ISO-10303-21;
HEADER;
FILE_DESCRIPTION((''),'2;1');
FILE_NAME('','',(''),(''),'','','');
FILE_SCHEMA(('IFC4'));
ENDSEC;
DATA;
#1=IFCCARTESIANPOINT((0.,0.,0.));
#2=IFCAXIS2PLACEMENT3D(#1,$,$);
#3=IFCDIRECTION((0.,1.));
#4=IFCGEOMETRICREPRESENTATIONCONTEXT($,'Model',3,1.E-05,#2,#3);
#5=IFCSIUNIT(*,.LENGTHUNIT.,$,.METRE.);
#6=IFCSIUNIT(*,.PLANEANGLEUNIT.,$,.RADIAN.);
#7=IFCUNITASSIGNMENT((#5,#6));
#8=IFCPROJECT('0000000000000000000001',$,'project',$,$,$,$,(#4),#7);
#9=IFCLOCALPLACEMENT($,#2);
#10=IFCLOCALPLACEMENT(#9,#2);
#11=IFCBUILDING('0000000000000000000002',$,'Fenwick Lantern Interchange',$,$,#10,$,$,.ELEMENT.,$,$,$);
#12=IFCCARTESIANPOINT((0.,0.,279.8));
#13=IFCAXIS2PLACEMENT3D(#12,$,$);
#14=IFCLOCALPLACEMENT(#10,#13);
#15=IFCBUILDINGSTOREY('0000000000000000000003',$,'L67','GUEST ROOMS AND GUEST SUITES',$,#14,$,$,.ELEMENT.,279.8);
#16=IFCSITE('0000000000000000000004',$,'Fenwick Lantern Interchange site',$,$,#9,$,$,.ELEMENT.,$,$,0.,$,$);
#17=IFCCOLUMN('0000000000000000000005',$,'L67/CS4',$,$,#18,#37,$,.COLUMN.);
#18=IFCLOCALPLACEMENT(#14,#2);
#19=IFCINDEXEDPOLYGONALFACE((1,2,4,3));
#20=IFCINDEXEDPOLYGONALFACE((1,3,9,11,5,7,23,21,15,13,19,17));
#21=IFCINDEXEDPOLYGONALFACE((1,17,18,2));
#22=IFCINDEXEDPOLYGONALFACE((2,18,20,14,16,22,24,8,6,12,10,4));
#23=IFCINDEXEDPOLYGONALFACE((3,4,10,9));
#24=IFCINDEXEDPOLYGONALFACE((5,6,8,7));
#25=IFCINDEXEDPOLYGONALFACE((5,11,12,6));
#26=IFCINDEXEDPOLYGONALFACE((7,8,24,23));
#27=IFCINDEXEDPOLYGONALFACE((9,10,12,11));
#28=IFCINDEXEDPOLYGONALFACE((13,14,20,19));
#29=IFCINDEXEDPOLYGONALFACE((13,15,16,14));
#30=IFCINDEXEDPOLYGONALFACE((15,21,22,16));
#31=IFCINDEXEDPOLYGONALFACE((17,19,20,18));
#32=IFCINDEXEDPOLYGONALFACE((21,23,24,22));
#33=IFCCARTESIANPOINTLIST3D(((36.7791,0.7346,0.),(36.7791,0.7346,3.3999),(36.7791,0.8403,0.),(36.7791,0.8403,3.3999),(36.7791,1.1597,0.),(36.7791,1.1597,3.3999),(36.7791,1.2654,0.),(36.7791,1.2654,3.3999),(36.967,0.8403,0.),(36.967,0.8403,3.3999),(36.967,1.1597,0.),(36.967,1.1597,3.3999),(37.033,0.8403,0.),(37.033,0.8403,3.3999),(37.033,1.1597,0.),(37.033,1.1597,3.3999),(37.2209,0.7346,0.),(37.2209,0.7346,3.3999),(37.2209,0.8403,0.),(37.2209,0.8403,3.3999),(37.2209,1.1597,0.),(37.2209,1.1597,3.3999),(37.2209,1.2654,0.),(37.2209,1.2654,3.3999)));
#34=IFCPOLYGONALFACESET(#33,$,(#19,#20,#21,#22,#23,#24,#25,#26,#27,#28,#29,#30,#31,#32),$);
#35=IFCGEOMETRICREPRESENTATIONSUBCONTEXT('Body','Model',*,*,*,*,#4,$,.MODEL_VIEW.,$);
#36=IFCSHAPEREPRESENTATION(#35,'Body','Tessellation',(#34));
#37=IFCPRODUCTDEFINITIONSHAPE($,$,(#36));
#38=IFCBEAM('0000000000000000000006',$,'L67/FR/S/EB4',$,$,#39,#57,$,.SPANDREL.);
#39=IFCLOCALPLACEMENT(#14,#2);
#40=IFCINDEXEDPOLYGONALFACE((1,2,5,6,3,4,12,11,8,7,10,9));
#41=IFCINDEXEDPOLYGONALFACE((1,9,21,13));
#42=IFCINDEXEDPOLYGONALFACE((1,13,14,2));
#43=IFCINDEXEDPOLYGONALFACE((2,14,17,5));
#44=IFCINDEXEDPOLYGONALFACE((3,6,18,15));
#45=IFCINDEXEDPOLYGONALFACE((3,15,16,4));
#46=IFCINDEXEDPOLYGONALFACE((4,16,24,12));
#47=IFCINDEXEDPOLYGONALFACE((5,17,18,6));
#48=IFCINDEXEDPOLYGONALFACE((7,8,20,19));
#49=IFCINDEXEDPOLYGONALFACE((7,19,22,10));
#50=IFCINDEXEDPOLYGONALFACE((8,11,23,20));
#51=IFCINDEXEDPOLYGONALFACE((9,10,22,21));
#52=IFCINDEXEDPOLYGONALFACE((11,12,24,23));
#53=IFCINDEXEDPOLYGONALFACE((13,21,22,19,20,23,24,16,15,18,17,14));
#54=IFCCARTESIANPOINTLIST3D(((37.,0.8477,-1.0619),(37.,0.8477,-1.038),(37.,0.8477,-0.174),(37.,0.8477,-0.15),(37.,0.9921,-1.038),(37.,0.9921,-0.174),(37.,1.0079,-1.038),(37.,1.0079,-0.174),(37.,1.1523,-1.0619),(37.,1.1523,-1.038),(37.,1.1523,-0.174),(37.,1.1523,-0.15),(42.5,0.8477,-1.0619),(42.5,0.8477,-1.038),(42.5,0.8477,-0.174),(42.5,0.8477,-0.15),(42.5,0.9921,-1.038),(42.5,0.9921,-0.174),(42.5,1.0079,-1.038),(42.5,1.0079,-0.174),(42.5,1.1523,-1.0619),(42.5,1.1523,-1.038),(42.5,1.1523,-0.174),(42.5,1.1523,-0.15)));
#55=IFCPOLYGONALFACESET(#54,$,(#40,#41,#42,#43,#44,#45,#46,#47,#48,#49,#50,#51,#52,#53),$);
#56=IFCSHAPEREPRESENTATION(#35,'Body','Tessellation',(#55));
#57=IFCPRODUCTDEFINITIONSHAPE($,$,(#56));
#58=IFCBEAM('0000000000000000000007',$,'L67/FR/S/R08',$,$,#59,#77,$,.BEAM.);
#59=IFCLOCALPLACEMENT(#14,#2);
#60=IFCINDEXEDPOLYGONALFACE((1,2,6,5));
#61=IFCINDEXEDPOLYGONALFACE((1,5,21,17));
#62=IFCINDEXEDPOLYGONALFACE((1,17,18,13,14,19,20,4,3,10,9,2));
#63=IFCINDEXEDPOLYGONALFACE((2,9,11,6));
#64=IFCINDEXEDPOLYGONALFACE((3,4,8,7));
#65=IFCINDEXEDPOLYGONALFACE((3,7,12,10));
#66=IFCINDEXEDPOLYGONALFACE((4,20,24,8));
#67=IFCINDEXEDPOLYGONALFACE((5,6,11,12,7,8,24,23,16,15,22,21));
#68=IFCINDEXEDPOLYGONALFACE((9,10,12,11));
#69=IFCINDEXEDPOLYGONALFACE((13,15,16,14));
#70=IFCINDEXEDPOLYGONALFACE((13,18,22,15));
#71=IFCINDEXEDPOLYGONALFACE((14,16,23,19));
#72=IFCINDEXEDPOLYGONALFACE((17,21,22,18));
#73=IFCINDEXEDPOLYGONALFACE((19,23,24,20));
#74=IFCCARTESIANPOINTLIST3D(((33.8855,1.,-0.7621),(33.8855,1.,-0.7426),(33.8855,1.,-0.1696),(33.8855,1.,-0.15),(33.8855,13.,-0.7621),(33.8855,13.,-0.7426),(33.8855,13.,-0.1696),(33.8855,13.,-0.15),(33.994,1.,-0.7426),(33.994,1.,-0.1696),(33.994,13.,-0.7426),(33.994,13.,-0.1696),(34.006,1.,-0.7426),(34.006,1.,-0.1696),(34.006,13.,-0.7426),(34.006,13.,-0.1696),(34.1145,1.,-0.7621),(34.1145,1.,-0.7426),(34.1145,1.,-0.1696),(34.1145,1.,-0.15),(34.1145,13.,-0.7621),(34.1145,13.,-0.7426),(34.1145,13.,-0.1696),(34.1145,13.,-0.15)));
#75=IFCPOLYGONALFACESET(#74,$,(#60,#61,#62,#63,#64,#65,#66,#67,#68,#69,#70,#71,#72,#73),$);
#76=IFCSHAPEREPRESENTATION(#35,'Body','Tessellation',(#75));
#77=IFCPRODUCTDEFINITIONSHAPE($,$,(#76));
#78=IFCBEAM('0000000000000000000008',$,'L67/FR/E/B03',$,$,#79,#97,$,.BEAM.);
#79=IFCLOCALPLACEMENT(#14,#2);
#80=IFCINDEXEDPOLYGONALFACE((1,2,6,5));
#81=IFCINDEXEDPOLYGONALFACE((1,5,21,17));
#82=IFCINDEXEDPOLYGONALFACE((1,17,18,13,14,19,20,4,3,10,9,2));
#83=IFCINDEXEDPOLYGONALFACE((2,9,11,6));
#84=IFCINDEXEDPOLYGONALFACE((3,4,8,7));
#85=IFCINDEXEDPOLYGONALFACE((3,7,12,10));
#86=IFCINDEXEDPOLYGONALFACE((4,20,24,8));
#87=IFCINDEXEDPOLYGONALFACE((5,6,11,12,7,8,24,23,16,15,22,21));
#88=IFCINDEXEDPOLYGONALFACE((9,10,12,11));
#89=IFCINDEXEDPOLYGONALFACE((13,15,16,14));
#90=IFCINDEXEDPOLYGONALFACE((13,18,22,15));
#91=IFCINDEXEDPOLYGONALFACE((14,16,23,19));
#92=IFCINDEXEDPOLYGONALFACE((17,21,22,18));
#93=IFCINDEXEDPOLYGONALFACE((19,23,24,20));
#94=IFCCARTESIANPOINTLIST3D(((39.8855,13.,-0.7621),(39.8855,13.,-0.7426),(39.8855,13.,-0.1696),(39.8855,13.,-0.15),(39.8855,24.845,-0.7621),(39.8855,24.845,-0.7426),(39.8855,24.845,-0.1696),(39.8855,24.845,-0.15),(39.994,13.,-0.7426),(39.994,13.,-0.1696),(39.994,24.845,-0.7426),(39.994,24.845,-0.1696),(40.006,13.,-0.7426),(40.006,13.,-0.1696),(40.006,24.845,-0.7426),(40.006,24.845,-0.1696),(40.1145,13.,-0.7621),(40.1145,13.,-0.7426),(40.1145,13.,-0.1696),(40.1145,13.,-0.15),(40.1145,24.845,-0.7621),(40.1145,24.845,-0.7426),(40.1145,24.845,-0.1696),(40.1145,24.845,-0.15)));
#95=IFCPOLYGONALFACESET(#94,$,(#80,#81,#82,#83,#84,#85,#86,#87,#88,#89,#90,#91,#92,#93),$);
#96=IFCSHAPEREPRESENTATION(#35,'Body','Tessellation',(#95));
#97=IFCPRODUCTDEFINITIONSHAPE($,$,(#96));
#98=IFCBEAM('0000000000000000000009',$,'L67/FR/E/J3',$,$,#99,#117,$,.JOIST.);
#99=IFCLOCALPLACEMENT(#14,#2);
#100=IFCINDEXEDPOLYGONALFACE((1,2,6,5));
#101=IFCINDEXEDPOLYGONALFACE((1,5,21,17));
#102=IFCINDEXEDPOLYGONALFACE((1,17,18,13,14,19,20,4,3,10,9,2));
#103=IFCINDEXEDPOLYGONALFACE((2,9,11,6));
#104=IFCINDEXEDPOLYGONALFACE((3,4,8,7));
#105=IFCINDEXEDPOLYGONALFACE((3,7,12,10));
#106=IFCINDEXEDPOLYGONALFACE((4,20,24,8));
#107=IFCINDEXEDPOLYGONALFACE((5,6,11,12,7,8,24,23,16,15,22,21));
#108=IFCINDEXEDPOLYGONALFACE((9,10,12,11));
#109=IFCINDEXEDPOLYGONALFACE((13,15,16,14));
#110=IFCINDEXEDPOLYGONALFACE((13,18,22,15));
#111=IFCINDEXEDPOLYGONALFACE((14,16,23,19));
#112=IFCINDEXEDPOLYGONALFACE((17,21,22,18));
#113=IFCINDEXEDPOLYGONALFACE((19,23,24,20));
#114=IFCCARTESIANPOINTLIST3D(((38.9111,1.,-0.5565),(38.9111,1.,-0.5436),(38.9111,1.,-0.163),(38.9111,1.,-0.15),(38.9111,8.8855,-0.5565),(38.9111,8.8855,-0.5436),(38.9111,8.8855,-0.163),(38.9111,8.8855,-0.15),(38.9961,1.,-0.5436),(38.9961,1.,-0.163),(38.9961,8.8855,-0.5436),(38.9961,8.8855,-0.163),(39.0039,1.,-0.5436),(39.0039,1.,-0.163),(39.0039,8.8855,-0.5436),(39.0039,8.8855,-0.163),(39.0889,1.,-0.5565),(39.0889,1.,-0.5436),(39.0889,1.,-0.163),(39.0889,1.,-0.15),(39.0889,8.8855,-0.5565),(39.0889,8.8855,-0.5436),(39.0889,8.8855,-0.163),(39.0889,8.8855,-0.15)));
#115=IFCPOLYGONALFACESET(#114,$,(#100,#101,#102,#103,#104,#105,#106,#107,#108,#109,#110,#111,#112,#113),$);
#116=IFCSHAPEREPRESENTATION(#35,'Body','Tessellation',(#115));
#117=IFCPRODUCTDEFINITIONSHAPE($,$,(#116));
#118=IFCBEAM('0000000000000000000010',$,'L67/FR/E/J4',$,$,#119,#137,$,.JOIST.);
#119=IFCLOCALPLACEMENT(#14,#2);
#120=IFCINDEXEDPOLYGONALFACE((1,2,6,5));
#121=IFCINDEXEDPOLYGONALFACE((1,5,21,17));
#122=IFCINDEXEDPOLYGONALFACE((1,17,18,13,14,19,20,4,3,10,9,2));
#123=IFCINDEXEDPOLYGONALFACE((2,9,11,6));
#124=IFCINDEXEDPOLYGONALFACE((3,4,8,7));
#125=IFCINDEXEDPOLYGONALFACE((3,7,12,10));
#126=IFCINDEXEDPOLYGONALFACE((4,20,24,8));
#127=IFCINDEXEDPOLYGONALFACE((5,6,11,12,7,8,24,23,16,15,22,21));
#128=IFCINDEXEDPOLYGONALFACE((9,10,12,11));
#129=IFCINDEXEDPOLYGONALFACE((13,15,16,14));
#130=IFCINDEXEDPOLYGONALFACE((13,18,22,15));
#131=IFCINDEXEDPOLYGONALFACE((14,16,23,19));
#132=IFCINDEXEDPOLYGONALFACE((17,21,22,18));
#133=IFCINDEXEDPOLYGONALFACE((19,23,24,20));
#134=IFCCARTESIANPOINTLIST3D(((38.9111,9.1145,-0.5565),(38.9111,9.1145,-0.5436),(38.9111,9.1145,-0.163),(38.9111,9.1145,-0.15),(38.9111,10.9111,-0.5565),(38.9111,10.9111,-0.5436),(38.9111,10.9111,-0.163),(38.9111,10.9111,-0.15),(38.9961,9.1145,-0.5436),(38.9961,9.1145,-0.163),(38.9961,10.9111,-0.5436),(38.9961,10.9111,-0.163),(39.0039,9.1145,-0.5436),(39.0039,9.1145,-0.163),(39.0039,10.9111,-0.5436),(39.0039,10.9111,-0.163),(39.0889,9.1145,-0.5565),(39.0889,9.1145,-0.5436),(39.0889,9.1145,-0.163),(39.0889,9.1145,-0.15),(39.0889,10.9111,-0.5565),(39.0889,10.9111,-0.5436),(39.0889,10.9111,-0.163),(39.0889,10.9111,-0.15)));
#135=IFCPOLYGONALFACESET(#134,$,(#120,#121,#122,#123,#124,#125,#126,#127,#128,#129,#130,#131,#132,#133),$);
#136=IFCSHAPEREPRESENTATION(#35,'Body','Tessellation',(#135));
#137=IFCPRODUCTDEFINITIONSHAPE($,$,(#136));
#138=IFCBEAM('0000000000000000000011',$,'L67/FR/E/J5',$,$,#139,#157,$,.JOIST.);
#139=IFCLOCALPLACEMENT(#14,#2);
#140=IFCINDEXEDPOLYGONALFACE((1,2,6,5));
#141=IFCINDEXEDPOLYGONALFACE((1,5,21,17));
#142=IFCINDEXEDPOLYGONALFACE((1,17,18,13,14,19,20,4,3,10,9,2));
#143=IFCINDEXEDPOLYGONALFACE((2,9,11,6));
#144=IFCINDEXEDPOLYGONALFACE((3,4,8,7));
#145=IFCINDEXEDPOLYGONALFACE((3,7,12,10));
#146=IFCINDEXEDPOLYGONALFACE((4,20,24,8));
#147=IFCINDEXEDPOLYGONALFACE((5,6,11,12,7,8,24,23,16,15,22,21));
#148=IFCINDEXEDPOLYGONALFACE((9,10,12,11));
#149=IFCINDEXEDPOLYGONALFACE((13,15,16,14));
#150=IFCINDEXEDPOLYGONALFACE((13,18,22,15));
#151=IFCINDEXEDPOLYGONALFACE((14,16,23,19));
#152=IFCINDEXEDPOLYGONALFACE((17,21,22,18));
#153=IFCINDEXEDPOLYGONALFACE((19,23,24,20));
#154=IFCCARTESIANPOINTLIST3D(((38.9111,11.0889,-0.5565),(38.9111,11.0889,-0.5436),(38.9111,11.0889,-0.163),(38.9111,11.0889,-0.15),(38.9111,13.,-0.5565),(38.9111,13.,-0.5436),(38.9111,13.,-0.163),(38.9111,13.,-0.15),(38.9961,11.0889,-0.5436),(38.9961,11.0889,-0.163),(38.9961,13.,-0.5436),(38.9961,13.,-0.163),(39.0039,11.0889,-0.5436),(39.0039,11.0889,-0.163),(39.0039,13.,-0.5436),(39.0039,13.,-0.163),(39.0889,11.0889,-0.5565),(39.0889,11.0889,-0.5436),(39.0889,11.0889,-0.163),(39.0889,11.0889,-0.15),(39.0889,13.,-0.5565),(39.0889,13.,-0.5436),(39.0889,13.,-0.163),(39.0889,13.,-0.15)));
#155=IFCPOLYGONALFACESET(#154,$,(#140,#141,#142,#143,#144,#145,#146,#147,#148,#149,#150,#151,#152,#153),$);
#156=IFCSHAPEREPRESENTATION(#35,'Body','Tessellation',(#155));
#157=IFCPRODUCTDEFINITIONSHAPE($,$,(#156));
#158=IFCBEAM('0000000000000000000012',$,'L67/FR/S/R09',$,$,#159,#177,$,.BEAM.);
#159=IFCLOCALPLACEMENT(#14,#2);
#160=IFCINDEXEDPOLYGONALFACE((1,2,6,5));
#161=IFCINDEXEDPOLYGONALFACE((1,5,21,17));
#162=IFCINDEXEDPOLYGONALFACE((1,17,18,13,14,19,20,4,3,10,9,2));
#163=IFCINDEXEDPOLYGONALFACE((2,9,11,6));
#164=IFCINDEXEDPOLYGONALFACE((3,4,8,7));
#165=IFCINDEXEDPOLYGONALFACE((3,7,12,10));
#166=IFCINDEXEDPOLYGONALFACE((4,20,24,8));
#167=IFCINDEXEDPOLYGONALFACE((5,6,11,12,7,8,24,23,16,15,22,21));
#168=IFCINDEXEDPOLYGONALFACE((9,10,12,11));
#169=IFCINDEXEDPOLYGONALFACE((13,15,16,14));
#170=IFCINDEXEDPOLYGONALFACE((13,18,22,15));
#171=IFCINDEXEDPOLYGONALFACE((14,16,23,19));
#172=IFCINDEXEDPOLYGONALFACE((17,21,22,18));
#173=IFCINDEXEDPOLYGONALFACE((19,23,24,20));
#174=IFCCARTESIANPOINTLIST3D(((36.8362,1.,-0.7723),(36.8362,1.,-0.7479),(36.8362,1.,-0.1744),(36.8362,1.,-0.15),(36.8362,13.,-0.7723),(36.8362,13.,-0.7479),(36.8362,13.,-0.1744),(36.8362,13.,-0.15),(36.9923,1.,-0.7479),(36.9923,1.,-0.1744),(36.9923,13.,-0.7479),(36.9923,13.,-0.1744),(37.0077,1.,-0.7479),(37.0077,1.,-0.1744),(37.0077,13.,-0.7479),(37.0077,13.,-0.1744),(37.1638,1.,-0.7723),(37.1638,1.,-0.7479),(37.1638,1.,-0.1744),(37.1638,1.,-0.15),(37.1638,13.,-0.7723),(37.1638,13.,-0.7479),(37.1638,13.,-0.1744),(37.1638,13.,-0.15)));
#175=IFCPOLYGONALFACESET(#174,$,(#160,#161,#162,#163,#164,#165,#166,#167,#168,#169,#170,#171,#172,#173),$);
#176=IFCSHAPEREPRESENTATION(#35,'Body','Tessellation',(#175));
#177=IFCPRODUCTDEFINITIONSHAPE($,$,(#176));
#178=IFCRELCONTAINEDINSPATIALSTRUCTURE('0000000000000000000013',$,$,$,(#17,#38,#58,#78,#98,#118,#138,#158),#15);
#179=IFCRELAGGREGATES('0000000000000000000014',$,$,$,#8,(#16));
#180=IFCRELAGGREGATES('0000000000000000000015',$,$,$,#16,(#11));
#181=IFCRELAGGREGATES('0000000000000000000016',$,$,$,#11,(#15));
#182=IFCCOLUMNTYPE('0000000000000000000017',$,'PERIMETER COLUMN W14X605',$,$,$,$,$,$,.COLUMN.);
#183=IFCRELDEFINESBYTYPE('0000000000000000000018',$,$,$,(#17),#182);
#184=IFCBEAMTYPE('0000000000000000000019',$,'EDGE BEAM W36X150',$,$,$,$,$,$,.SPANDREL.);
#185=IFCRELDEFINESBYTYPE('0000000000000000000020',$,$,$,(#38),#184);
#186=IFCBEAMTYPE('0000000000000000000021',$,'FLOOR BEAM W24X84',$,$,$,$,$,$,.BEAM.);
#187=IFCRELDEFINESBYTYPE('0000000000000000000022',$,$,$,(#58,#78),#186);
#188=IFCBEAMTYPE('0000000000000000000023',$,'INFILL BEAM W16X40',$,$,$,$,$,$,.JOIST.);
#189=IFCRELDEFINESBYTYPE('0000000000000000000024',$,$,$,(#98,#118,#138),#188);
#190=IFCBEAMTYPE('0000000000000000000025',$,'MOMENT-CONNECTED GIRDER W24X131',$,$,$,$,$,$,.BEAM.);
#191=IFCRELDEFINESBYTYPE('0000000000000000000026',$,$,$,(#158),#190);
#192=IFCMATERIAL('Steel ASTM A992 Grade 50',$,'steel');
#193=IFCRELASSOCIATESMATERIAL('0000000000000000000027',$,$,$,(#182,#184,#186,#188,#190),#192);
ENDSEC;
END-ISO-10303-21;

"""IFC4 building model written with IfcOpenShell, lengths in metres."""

from ifc_helpers import new_model, si_unit, direction, frame, origin, origin_2d, place, context, subcontext, project, spatial, i_section, extrude, material, material_profile, profile_set, type_object, element, save


model = new_model("IFC4")

# Units and contexts
model_context = context("Model", 3, precision=1e-05, world=origin(), true_north=direction((0.0, 1.0)))
body_context = subcontext(model_context, "Body", "Model", "MODEL_VIEW")
ifc_project = project(units=[si_unit("LENGTHUNIT", "METRE"), si_unit("PLANEANGLEUNIT", "RADIAN")], contexts=[model_context])

# Site, building, storey
site_placement = place(None, origin())
site = spatial("IfcSite", under=ifc_project, at=site_placement, Name="Fenwick Lantern Interchange site", CompositionType="ELEMENT", RefElevation=0.0)
building_placement = place(site_placement, origin())
building = spatial("IfcBuilding", under=site, at=building_placement, Name="Fenwick Lantern Interchange", CompositionType="ELEMENT")
storey_placement = place(building_placement, frame((0.0, 0.0, 279.8)))
storey = spatial("IfcBuildingStorey", under=building, at=storey_placement, Name="L67", Description="GUEST ROOMS AND GUEST SUITES", CompositionType="ELEMENT", Elevation=279.8)

# Column
ifc_material_1 = material(Name="Steel ASTM A992 Grade 50", Category="steel")
ifc_material_profile_1 = material_profile(ifc_material_1, i_section(OverallWidth=0.4419, OverallDepth=0.5308, WebThickness=0.0659, FlangeThickness=0.1057, at=origin_2d()), Name="W14X605")
ifc_profile_set_1 = profile_set([ifc_material_profile_1], Name="Steel ASTM A992 Grade 50")
column_type = type_object("IfcColumnType", Name="PERIMETER COLUMN W14X605", PredefinedType="COLUMN", material=ifc_profile_set_1)
column_placement = place(storey_placement, frame((37.0, 1.0, 0.0), z_axis=(0.0, 0.0, 1.0), x_axis=(1.0, 0.0, 0.0)))
element("IfcColumn", 1, at=column_placement, inside=storey, type_object=column_type, Name="L67/CS4", PredefinedType="COLUMN", context=body_context, shape_type="SweptSolid", body=[
    extrude(i_section(OverallWidth=0.4419, OverallDepth=0.5308, WebThickness=0.0659, FlangeThickness=0.1057, at=origin_2d()), origin(), (0.0, 0.0, 1.0), 3.3999),
])

# Beams
ifc_material_profile_2 = material_profile(ifc_material_1, i_section(OverallWidth=0.3047, OverallDepth=0.9119, WebThickness=0.0159, FlangeThickness=0.0239, at=origin_2d()), Name="W36X150")
ifc_profile_set_2 = profile_set([ifc_material_profile_2], Name="Steel ASTM A992 Grade 50")
beam_type_1 = type_object("IfcBeamType", Name="EDGE BEAM W36X150", PredefinedType="SPANDREL", material=ifc_profile_set_2)
beam_1_placement = place(storey_placement, frame((37.0, 1.0, -0.606), z_axis=(1.0, 0.0, 0.0), x_axis=(0.0, 1.0, 0.0)))
element("IfcBeam", 2, at=beam_1_placement, inside=storey, type_object=beam_type_1, Name="L67/FR/S/EB4", PredefinedType="SPANDREL", context=body_context, shape_type="SweptSolid", body=[
    extrude(i_section(OverallWidth=0.3047, OverallDepth=0.9119, WebThickness=0.0159, FlangeThickness=0.0239, at=origin_2d()), origin(), (0.0, 0.0, 1.0), 5.5),
])
ifc_material_profile_3 = material_profile(ifc_material_1, i_section(OverallWidth=0.229, OverallDepth=0.6121, WebThickness=0.012, FlangeThickness=0.0195, at=origin_2d()), Name="W24X84")
ifc_profile_set_3 = profile_set([ifc_material_profile_3], Name="Steel ASTM A992 Grade 50")
beam_type_2 = type_object("IfcBeamType", Name="FLOOR BEAM W24X84", PredefinedType="BEAM", material=ifc_profile_set_3)
beam_2_placement = place(storey_placement, frame((34.0, 1.0, -0.4561), z_axis=(0.0, 1.0, 0.0), x_axis=(-1.0, 0.0, 0.0)))
element("IfcBeam", 3, at=beam_2_placement, inside=storey, type_object=beam_type_2, Name="L67/FR/S/R08", PredefinedType="BEAM", context=body_context, shape_type="SweptSolid", body=[
    extrude(i_section(OverallWidth=0.229, OverallDepth=0.6121, WebThickness=0.012, FlangeThickness=0.0195, at=origin_2d()), origin(), (0.0, 0.0, 1.0), 12.0),
])
beam_3_placement = place(storey_placement, frame((40.0, 13.0, -0.4561), z_axis=(0.0, 1.0, 0.0), x_axis=(-1.0, 0.0, 0.0)))
element("IfcBeam", 4, at=beam_3_placement, inside=storey, type_object=beam_type_2, Name="L67/FR/E/B03", PredefinedType="BEAM", context=body_context, shape_type="SweptSolid", body=[
    extrude(i_section(OverallWidth=0.229, OverallDepth=0.6121, WebThickness=0.012, FlangeThickness=0.0195, at=origin_2d()), origin(), (0.0, 0.0, 1.0), 11.845),
])
ifc_material_profile_4 = material_profile(ifc_material_1, i_section(OverallWidth=0.1777, OverallDepth=0.4065, WebThickness=0.0078, FlangeThickness=0.0129, at=origin_2d()), Name="W16X40")
ifc_profile_set_4 = profile_set([ifc_material_profile_4], Name="Steel ASTM A992 Grade 50")
beam_type_3 = type_object("IfcBeamType", Name="INFILL BEAM W16X40", PredefinedType="JOIST", material=ifc_profile_set_4)
beam_4_placement = place(storey_placement, frame((39.0, 1.0, -0.3533), z_axis=(0.0, 1.0, 0.0), x_axis=(-1.0, 0.0, 0.0)))
element("IfcBeam", 5, at=beam_4_placement, inside=storey, type_object=beam_type_3, Name="L67/FR/E/J3", PredefinedType="JOIST", context=body_context, shape_type="SweptSolid", body=[
    extrude(i_section(OverallWidth=0.1777, OverallDepth=0.4065, WebThickness=0.0078, FlangeThickness=0.0129, at=origin_2d()), origin(), (0.0, 0.0, 1.0), 7.8855),
])
beam_5_placement = place(storey_placement, frame((39.0, 9.1145, -0.3533), z_axis=(0.0, 1.0, 0.0), x_axis=(-1.0, 0.0, 0.0)))
element("IfcBeam", 6, at=beam_5_placement, inside=storey, type_object=beam_type_3, Name="L67/FR/E/J4", PredefinedType="JOIST", context=body_context, shape_type="SweptSolid", body=[
    extrude(i_section(OverallWidth=0.1777, OverallDepth=0.4065, WebThickness=0.0078, FlangeThickness=0.0129, at=origin_2d()), origin(), (0.0, 0.0, 1.0), 1.7966),
])
beam_6_placement = place(storey_placement, frame((39.0, 11.0889, -0.3533), z_axis=(0.0, 1.0, 0.0), x_axis=(-1.0, 0.0, 0.0)))
element("IfcBeam", 7, at=beam_6_placement, inside=storey, type_object=beam_type_3, Name="L67/FR/E/J5", PredefinedType="JOIST", context=body_context, shape_type="SweptSolid", body=[
    extrude(i_section(OverallWidth=0.1777, OverallDepth=0.4065, WebThickness=0.0078, FlangeThickness=0.0129, at=origin_2d()), origin(), (0.0, 0.0, 1.0), 1.9111),
])
ifc_material_profile_5 = material_profile(ifc_material_1, i_section(OverallWidth=0.3276, OverallDepth=0.6223, WebThickness=0.0154, FlangeThickness=0.0244, at=origin_2d()), Name="W24X131")
ifc_profile_set_5 = profile_set([ifc_material_profile_5], Name="Steel ASTM A992 Grade 50")
beam_type_4 = type_object("IfcBeamType", Name="MOMENT-CONNECTED GIRDER W24X131", PredefinedType="BEAM", material=ifc_profile_set_5)
beam_7_placement = place(storey_placement, frame((37.0, 1.0, -0.4612), z_axis=(0.0, 1.0, 0.0), x_axis=(-1.0, 0.0, 0.0)))
element("IfcBeam", 8, at=beam_7_placement, inside=storey, type_object=beam_type_4, Name="L67/FR/S/R09", PredefinedType="BEAM", context=body_context, shape_type="SweptSolid", body=[
    extrude(i_section(OverallWidth=0.3276, OverallDepth=0.6223, WebThickness=0.0154, FlangeThickness=0.0244, at=origin_2d()), origin(), (0.0, 0.0, 1.0), 12.0),
])

save(model, "model.ifc")
